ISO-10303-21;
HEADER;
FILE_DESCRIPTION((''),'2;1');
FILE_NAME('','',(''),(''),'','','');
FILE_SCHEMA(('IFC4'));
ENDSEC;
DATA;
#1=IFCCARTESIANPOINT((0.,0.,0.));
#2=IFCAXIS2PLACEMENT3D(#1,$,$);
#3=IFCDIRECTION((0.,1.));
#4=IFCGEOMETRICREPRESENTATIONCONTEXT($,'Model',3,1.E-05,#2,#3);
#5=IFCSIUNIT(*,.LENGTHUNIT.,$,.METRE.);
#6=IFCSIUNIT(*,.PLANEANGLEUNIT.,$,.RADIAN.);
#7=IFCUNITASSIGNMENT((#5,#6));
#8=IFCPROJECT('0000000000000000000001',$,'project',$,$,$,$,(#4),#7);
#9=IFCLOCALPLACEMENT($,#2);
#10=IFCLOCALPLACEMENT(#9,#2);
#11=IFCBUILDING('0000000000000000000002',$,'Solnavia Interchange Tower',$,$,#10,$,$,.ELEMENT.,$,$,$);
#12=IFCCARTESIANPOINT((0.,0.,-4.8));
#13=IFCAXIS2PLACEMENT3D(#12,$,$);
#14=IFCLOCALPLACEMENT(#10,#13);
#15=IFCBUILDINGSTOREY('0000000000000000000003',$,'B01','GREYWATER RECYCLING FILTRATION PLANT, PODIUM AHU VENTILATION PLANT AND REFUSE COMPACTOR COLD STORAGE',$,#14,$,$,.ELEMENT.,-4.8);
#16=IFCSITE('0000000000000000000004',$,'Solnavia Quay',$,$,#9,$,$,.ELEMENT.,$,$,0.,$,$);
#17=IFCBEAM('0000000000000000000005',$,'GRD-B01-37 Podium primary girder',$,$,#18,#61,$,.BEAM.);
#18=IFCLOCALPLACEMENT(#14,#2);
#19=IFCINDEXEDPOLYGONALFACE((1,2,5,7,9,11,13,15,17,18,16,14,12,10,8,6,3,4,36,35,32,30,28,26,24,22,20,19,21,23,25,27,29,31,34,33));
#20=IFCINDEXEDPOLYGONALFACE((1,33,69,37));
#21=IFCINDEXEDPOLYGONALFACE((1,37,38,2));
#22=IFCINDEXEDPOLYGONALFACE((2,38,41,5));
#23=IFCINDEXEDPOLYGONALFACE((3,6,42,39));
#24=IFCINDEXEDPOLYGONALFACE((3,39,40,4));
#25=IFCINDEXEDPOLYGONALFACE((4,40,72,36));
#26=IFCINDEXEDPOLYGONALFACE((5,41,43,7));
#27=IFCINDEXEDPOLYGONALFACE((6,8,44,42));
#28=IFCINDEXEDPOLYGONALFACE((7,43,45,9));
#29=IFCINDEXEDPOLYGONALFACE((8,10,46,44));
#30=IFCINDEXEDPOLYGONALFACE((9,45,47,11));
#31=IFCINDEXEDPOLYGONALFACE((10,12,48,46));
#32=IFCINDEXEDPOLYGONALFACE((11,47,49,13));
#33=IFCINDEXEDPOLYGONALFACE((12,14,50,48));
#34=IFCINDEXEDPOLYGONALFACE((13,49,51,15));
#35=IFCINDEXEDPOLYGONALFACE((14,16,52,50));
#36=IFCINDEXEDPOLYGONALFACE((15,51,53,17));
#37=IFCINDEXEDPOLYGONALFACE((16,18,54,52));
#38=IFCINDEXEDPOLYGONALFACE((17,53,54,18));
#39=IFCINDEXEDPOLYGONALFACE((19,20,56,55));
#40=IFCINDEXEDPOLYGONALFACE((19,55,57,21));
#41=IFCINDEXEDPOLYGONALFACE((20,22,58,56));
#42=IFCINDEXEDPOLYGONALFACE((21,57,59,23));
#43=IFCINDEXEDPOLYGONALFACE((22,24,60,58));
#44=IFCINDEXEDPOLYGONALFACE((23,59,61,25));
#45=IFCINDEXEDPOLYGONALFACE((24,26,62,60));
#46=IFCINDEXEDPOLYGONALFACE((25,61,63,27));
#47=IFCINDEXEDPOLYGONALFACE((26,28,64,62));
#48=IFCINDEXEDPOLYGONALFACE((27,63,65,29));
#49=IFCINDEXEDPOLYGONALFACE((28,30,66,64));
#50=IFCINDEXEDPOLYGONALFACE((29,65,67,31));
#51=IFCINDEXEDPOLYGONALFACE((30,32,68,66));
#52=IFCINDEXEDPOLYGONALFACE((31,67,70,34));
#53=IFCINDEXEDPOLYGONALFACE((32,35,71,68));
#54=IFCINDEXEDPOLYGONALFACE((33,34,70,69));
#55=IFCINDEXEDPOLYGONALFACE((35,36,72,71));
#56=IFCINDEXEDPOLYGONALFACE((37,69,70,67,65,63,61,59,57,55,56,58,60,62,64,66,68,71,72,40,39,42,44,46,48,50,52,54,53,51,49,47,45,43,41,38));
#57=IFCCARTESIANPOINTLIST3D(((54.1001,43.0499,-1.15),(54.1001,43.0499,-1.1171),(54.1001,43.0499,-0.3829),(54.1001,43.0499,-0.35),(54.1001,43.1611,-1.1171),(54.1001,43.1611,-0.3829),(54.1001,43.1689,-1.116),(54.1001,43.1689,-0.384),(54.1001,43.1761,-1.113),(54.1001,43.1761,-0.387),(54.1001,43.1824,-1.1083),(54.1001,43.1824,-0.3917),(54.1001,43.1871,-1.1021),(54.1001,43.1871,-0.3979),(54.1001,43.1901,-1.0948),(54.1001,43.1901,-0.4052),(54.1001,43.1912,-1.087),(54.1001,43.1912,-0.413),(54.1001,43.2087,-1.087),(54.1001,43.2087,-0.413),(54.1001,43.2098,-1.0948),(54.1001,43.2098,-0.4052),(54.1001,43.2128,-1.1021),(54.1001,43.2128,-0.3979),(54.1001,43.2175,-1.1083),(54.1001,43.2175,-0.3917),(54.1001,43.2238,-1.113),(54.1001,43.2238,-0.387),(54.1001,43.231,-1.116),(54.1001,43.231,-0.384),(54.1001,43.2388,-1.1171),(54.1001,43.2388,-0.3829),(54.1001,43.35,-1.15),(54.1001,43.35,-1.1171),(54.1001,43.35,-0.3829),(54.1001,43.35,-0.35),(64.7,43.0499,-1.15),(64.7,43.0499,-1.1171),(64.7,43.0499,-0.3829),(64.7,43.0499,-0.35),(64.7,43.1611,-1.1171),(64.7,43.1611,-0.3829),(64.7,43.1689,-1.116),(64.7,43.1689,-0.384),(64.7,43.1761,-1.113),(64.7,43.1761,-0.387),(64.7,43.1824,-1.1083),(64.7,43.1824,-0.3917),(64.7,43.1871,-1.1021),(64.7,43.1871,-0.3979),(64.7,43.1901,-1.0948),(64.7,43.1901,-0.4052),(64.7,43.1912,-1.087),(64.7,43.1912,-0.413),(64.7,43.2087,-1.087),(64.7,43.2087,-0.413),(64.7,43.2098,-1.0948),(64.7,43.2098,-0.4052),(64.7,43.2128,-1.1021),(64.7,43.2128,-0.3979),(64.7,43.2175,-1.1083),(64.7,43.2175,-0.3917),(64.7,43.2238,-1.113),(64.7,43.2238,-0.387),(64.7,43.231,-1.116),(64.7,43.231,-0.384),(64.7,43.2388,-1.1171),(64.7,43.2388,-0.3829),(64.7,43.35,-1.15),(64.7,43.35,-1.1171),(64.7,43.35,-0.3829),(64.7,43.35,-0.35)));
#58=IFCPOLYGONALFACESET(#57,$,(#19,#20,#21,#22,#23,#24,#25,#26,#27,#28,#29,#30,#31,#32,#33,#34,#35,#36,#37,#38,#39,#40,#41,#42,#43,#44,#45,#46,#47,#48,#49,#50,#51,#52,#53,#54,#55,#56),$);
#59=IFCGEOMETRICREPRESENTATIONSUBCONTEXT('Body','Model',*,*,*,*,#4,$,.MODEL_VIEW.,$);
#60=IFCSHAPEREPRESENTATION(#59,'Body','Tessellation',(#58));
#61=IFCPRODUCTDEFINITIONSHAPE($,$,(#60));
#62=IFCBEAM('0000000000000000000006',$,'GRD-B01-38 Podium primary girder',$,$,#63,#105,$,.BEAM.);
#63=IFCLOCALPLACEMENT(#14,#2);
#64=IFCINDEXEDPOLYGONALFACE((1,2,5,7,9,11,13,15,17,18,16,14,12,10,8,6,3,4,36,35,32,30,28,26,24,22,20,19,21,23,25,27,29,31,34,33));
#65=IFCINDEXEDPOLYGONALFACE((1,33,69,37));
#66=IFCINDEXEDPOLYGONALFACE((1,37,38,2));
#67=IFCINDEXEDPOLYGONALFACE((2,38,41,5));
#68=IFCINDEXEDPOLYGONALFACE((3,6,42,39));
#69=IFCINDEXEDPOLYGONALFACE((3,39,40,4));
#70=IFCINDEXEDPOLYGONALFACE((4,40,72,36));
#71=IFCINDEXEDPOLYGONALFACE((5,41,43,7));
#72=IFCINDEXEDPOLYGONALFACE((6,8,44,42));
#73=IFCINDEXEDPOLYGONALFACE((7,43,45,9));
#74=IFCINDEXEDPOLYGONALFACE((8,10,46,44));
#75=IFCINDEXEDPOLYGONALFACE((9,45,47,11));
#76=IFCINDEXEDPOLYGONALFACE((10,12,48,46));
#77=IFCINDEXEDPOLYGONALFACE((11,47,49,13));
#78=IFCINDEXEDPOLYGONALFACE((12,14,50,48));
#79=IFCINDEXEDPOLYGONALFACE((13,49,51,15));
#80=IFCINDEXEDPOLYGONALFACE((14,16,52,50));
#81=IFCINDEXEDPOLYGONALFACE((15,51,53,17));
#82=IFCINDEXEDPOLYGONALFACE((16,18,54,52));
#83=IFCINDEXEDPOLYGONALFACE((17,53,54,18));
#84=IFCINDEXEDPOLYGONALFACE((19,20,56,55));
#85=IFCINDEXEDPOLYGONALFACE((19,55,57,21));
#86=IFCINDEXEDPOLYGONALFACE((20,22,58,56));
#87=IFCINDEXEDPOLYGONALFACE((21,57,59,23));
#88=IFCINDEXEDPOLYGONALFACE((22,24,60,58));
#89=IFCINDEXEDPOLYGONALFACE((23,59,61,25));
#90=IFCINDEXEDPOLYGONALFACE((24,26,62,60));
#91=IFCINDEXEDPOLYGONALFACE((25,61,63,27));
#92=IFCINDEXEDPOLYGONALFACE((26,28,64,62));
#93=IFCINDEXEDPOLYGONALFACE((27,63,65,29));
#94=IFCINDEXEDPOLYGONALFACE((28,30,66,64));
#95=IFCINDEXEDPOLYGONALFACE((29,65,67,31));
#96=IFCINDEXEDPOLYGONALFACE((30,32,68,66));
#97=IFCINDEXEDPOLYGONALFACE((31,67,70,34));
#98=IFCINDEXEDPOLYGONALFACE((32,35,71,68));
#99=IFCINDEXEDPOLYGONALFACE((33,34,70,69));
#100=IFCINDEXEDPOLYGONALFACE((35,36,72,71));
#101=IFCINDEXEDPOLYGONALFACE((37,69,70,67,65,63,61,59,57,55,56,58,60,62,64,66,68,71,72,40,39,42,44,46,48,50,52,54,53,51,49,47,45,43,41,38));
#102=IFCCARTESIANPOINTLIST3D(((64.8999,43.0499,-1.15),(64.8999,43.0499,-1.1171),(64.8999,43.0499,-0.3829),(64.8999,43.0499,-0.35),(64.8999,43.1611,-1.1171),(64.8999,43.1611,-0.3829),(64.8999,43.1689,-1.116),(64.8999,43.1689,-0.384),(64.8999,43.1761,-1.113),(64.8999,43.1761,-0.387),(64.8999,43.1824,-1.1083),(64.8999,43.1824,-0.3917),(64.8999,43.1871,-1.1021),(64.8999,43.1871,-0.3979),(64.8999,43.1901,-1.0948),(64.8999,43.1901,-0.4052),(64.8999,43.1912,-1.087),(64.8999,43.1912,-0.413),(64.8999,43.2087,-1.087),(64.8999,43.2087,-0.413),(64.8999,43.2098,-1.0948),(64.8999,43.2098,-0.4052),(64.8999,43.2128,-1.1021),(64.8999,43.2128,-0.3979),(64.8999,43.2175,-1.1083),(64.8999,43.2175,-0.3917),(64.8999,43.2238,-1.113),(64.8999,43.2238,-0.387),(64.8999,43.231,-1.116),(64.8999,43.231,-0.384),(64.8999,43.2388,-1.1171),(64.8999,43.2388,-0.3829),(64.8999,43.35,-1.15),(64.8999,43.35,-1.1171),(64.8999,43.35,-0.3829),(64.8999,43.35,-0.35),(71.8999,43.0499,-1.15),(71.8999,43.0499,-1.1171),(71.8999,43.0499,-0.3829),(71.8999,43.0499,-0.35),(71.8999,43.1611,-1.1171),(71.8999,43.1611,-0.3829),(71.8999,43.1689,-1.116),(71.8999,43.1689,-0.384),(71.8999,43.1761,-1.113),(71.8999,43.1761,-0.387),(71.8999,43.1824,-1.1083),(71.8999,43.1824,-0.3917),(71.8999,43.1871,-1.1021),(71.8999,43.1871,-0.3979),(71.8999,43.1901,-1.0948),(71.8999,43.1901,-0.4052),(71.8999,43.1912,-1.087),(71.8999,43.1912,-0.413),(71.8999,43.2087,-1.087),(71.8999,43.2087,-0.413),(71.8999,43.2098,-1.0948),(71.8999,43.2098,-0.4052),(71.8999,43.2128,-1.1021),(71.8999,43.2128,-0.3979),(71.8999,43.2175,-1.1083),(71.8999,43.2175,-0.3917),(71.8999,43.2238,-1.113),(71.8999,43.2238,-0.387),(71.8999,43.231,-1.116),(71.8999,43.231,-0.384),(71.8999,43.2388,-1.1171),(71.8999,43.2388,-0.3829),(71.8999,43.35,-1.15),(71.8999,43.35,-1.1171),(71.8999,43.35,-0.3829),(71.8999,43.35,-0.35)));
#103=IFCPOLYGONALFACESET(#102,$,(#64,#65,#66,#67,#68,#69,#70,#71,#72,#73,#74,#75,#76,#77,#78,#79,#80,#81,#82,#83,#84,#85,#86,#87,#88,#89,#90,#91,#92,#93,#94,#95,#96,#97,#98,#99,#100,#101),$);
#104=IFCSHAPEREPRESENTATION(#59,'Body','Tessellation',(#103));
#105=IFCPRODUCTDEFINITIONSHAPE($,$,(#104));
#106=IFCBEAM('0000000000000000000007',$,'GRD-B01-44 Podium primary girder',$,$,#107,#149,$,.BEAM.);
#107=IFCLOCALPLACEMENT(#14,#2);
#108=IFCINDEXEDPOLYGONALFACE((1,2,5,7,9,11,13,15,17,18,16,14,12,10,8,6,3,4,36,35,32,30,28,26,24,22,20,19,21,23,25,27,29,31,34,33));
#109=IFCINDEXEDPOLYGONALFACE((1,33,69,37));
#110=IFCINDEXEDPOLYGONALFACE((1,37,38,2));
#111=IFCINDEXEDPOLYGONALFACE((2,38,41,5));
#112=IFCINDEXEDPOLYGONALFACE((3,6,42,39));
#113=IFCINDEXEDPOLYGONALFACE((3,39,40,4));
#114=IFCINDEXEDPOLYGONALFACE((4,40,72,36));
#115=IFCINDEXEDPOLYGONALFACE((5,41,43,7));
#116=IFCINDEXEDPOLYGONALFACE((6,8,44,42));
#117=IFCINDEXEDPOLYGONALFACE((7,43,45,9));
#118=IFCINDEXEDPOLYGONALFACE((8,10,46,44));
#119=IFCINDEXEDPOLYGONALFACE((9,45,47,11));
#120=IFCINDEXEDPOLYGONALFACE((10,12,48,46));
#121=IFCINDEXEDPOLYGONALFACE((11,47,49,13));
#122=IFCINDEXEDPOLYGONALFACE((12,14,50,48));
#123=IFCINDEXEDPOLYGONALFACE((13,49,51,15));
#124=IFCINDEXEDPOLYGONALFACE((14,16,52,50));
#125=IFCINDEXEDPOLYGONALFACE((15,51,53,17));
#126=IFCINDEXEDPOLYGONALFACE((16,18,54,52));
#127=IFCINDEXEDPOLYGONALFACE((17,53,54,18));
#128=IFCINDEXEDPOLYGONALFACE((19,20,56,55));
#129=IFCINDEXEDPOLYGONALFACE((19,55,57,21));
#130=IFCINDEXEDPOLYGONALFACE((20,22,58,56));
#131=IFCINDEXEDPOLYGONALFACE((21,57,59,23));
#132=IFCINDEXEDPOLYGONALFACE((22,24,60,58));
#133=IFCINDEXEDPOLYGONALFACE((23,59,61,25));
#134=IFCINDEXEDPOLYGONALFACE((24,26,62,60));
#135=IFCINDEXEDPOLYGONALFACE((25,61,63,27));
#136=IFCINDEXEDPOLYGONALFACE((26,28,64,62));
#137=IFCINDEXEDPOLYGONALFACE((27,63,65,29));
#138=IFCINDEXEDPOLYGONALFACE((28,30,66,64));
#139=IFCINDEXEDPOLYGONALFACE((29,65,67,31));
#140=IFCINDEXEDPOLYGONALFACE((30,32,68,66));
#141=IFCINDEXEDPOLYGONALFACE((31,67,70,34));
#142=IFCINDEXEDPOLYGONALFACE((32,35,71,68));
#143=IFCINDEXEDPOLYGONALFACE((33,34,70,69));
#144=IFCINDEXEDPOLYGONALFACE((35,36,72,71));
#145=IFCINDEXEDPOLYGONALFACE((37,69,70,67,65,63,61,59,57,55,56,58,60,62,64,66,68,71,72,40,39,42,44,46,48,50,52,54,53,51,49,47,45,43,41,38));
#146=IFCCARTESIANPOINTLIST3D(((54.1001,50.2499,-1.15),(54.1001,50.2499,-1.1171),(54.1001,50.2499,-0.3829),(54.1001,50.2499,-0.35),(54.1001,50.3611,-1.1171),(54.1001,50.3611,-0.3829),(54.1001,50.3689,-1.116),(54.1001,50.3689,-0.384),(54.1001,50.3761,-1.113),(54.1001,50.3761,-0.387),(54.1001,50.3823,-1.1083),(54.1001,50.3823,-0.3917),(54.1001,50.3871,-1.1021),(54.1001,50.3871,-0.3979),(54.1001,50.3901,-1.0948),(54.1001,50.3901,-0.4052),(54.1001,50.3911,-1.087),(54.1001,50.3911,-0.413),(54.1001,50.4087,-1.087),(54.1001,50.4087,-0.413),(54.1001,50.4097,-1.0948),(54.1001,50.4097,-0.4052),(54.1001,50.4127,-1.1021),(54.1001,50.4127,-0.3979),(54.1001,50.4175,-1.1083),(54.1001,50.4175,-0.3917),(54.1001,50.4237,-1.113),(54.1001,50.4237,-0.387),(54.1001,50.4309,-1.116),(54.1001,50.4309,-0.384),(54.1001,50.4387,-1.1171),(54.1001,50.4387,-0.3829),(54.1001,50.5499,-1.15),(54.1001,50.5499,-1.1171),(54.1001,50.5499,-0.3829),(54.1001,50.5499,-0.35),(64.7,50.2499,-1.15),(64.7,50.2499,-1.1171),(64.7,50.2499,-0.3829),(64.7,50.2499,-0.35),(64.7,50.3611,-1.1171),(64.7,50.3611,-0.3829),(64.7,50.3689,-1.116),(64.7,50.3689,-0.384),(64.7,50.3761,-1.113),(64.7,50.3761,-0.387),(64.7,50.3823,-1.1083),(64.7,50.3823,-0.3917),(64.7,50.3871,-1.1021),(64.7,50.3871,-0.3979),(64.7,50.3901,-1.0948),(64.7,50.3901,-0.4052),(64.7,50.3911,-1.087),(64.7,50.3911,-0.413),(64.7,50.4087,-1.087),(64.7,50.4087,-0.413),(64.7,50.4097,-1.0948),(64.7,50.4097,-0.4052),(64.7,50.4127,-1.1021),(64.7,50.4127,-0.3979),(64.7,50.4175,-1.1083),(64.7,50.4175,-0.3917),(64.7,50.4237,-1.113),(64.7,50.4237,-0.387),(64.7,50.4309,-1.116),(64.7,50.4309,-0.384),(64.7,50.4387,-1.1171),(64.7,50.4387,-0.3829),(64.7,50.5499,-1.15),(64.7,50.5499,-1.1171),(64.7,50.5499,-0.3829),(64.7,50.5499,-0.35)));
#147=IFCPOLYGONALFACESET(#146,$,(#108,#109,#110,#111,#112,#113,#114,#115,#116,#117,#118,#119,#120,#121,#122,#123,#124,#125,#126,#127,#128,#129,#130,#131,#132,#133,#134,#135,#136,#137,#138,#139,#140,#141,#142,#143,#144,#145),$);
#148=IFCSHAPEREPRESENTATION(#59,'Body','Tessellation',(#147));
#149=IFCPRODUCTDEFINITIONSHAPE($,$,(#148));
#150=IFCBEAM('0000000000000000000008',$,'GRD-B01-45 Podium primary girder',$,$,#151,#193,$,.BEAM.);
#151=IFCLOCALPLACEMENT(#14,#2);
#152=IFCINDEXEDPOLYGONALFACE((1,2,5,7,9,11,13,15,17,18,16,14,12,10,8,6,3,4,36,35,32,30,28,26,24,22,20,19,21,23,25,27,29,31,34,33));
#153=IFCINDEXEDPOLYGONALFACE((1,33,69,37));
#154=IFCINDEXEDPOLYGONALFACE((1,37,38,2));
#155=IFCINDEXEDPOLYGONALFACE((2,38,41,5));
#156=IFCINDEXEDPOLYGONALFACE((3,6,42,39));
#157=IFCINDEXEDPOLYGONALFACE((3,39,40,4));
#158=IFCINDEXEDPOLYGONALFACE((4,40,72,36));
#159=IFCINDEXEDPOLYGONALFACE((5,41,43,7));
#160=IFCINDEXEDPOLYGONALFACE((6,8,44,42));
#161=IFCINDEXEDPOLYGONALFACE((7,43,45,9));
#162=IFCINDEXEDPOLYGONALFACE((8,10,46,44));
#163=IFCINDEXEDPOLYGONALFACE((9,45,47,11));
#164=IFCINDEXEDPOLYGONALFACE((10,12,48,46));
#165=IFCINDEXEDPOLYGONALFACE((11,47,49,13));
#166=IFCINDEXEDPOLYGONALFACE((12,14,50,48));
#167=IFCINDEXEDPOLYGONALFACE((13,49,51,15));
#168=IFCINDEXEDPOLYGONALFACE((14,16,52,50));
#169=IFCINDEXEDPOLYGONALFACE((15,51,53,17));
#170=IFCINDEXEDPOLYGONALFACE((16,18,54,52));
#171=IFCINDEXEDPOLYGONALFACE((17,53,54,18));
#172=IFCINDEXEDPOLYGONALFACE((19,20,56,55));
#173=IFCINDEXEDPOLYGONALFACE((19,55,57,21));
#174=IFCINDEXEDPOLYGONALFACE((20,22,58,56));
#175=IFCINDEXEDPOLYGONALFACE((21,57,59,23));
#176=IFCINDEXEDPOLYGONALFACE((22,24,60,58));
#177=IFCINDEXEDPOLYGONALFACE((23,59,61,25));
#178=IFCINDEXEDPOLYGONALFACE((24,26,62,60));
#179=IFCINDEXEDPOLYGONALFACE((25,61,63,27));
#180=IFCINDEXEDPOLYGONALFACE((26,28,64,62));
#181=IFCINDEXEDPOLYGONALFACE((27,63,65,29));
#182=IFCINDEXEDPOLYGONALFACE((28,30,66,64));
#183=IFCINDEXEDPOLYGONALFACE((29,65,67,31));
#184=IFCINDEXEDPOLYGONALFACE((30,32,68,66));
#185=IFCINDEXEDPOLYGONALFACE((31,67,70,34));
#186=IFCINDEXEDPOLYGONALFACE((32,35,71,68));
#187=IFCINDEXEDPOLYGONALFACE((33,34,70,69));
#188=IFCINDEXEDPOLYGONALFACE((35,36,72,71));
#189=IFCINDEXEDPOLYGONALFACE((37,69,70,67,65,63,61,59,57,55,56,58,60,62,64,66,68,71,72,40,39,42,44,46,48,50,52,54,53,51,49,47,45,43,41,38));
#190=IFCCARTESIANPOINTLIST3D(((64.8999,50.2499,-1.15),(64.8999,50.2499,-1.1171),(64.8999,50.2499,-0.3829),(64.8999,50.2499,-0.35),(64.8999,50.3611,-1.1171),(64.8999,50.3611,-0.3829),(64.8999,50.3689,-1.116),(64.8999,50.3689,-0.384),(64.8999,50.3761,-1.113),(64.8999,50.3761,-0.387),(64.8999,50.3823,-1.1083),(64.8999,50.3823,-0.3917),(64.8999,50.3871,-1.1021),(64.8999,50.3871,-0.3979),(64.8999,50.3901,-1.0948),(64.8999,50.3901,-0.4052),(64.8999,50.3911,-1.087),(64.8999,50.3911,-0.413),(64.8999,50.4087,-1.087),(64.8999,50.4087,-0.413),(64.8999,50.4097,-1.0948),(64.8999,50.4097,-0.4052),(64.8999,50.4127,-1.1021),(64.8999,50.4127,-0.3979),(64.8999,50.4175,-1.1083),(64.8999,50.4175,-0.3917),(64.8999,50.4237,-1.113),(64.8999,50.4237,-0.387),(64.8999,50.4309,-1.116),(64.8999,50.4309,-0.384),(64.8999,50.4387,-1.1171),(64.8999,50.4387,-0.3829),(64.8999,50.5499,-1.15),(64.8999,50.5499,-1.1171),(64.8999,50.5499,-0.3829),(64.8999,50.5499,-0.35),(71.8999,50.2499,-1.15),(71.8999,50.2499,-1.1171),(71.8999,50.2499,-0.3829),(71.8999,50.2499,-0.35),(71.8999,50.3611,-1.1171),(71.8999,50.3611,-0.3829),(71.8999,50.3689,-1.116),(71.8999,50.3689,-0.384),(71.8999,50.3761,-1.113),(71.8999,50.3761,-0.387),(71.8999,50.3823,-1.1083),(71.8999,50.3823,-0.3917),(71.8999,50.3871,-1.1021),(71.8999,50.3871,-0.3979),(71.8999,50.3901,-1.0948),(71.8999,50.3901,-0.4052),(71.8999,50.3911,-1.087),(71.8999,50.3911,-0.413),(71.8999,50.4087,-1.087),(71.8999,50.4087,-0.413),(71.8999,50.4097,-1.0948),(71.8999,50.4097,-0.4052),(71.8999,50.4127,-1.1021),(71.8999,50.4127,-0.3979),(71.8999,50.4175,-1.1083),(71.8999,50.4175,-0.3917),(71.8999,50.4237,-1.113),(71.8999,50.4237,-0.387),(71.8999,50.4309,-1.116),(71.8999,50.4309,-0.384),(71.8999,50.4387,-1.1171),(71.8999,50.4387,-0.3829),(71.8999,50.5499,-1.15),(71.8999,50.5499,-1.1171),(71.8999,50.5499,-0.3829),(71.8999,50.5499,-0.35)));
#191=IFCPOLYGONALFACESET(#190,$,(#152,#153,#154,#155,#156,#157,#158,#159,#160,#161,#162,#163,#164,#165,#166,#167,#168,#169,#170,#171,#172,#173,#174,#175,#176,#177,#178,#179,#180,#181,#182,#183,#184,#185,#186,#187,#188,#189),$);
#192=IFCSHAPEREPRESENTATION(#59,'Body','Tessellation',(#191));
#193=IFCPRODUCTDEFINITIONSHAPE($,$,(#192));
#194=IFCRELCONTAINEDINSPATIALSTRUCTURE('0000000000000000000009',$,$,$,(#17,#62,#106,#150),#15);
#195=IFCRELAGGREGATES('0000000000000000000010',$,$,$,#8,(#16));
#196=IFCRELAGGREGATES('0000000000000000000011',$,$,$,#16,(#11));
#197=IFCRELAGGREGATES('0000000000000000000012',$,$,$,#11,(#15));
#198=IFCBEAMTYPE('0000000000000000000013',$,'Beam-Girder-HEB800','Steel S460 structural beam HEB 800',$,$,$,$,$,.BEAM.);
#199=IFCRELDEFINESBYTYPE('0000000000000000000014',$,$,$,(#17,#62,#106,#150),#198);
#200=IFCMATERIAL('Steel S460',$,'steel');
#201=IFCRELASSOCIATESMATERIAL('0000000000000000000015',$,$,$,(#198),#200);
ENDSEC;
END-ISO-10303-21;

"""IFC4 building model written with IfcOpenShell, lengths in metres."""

from ifc_helpers import new_model, si_unit, direction, frame, origin, origin_2d, place, context, subcontext, project, spatial, i_section, extrude, material, material_profile, profile_set, type_object, element, save


model = new_model("IFC4")

# Units and contexts
model_context = context("Model", 3, precision=1e-05, world=origin(), true_north=direction((0.0, 1.0)))
body_context = subcontext(model_context, "Body", "Model", "MODEL_VIEW")
ifc_project = project(units=[si_unit("LENGTHUNIT", "METRE"), si_unit("PLANEANGLEUNIT", "RADIAN")], contexts=[model_context])

# Site, building, storey
site_placement = place(None, origin())
site = spatial("IfcSite", under=ifc_project, at=site_placement, Name="Solnavia Quay", CompositionType="ELEMENT", RefElevation=0.0)
building_placement = place(site_placement, origin())
building = spatial("IfcBuilding", under=site, at=building_placement, Name="Solnavia Interchange Tower", CompositionType="ELEMENT")
storey_placement = place(building_placement, frame((0.0, 0.0, -4.8)))
storey = spatial("IfcBuildingStorey", under=building, at=storey_placement, Name="B01", Description="GREYWATER RECYCLING FILTRATION PLANT, PODIUM AHU VENTILATION PLANT AND REFUSE COMPACTOR COLD STORAGE", CompositionType="ELEMENT", Elevation=-4.8)

# Beams
ifc_material_1 = material(Name="Steel S460", Category="steel")
ifc_material_profile_1 = material_profile(ifc_material_1, i_section(OverallWidth=0.3, OverallDepth=0.8, WebThickness=0.0176, FlangeThickness=0.033, FilletRadius=0.03, at=origin_2d()), Name="HEB 800")
ifc_profile_set_1 = profile_set([ifc_material_profile_1], Name="Steel S460")
beam_type_1 = type_object("IfcBeamType", Name="Beam-Girder-HEB800", Description="Steel S460 structural beam HEB 800", PredefinedType="BEAM", material=ifc_profile_set_1)
beam_1_placement = place(storey_placement, frame((54.1001, 43.2, -0.75), z_axis=(1.0, 0.0, 0.0), x_axis=(0.0, 1.0, 0.0)))
element("IfcBeam", 1, at=beam_1_placement, inside=storey, type_object=beam_type_1, Name="GRD-B01-37 Podium primary girder", PredefinedType="BEAM", context=body_context, shape_type="SweptSolid", body=[
    extrude(i_section(OverallWidth=0.3, OverallDepth=0.8, WebThickness=0.0176, FlangeThickness=0.033, FilletRadius=0.03, at=origin_2d()), origin(), (0.0, 0.0, 1.0), 10.5999),
])
beam_2_placement = place(storey_placement, frame((64.8999, 43.2, -0.75), z_axis=(1.0, 0.0, 0.0), x_axis=(0.0, 1.0, 0.0)))
element("IfcBeam", 2, at=beam_2_placement, inside=storey, type_object=beam_type_1, Name="GRD-B01-38 Podium primary girder", PredefinedType="BEAM", context=body_context, shape_type="SweptSolid", body=[
    extrude(i_section(OverallWidth=0.3, OverallDepth=0.8, WebThickness=0.0176, FlangeThickness=0.033, FilletRadius=0.03, at=origin_2d()), origin(), (0.0, 0.0, 1.0), 7.0),
])
beam_3_placement = place(storey_placement, frame((54.1001, 50.3999, -0.75), z_axis=(1.0, 0.0, 0.0), x_axis=(0.0, 1.0, 0.0)))
element("IfcBeam", 3, at=beam_3_placement, inside=storey, type_object=beam_type_1, Name="GRD-B01-44 Podium primary girder", PredefinedType="BEAM", context=body_context, shape_type="SweptSolid", body=[
    extrude(i_section(OverallWidth=0.3, OverallDepth=0.8, WebThickness=0.0176, FlangeThickness=0.033, FilletRadius=0.03, at=origin_2d()), origin(), (0.0, 0.0, 1.0), 10.5999),
])
beam_4_placement = place(storey_placement, frame((64.8999, 50.3999, -0.75), z_axis=(1.0, 0.0, 0.0), x_axis=(0.0, 1.0, 0.0)))
element("IfcBeam", 4, at=beam_4_placement, inside=storey, type_object=beam_type_1, Name="GRD-B01-45 Podium primary girder", PredefinedType="BEAM", context=body_context, shape_type="SweptSolid", body=[
    extrude(i_section(OverallWidth=0.3, OverallDepth=0.8, WebThickness=0.0176, FlangeThickness=0.033, FilletRadius=0.03, at=origin_2d()), origin(), (0.0, 0.0, 1.0), 7.0),
])

save(model, "model.ifc")
